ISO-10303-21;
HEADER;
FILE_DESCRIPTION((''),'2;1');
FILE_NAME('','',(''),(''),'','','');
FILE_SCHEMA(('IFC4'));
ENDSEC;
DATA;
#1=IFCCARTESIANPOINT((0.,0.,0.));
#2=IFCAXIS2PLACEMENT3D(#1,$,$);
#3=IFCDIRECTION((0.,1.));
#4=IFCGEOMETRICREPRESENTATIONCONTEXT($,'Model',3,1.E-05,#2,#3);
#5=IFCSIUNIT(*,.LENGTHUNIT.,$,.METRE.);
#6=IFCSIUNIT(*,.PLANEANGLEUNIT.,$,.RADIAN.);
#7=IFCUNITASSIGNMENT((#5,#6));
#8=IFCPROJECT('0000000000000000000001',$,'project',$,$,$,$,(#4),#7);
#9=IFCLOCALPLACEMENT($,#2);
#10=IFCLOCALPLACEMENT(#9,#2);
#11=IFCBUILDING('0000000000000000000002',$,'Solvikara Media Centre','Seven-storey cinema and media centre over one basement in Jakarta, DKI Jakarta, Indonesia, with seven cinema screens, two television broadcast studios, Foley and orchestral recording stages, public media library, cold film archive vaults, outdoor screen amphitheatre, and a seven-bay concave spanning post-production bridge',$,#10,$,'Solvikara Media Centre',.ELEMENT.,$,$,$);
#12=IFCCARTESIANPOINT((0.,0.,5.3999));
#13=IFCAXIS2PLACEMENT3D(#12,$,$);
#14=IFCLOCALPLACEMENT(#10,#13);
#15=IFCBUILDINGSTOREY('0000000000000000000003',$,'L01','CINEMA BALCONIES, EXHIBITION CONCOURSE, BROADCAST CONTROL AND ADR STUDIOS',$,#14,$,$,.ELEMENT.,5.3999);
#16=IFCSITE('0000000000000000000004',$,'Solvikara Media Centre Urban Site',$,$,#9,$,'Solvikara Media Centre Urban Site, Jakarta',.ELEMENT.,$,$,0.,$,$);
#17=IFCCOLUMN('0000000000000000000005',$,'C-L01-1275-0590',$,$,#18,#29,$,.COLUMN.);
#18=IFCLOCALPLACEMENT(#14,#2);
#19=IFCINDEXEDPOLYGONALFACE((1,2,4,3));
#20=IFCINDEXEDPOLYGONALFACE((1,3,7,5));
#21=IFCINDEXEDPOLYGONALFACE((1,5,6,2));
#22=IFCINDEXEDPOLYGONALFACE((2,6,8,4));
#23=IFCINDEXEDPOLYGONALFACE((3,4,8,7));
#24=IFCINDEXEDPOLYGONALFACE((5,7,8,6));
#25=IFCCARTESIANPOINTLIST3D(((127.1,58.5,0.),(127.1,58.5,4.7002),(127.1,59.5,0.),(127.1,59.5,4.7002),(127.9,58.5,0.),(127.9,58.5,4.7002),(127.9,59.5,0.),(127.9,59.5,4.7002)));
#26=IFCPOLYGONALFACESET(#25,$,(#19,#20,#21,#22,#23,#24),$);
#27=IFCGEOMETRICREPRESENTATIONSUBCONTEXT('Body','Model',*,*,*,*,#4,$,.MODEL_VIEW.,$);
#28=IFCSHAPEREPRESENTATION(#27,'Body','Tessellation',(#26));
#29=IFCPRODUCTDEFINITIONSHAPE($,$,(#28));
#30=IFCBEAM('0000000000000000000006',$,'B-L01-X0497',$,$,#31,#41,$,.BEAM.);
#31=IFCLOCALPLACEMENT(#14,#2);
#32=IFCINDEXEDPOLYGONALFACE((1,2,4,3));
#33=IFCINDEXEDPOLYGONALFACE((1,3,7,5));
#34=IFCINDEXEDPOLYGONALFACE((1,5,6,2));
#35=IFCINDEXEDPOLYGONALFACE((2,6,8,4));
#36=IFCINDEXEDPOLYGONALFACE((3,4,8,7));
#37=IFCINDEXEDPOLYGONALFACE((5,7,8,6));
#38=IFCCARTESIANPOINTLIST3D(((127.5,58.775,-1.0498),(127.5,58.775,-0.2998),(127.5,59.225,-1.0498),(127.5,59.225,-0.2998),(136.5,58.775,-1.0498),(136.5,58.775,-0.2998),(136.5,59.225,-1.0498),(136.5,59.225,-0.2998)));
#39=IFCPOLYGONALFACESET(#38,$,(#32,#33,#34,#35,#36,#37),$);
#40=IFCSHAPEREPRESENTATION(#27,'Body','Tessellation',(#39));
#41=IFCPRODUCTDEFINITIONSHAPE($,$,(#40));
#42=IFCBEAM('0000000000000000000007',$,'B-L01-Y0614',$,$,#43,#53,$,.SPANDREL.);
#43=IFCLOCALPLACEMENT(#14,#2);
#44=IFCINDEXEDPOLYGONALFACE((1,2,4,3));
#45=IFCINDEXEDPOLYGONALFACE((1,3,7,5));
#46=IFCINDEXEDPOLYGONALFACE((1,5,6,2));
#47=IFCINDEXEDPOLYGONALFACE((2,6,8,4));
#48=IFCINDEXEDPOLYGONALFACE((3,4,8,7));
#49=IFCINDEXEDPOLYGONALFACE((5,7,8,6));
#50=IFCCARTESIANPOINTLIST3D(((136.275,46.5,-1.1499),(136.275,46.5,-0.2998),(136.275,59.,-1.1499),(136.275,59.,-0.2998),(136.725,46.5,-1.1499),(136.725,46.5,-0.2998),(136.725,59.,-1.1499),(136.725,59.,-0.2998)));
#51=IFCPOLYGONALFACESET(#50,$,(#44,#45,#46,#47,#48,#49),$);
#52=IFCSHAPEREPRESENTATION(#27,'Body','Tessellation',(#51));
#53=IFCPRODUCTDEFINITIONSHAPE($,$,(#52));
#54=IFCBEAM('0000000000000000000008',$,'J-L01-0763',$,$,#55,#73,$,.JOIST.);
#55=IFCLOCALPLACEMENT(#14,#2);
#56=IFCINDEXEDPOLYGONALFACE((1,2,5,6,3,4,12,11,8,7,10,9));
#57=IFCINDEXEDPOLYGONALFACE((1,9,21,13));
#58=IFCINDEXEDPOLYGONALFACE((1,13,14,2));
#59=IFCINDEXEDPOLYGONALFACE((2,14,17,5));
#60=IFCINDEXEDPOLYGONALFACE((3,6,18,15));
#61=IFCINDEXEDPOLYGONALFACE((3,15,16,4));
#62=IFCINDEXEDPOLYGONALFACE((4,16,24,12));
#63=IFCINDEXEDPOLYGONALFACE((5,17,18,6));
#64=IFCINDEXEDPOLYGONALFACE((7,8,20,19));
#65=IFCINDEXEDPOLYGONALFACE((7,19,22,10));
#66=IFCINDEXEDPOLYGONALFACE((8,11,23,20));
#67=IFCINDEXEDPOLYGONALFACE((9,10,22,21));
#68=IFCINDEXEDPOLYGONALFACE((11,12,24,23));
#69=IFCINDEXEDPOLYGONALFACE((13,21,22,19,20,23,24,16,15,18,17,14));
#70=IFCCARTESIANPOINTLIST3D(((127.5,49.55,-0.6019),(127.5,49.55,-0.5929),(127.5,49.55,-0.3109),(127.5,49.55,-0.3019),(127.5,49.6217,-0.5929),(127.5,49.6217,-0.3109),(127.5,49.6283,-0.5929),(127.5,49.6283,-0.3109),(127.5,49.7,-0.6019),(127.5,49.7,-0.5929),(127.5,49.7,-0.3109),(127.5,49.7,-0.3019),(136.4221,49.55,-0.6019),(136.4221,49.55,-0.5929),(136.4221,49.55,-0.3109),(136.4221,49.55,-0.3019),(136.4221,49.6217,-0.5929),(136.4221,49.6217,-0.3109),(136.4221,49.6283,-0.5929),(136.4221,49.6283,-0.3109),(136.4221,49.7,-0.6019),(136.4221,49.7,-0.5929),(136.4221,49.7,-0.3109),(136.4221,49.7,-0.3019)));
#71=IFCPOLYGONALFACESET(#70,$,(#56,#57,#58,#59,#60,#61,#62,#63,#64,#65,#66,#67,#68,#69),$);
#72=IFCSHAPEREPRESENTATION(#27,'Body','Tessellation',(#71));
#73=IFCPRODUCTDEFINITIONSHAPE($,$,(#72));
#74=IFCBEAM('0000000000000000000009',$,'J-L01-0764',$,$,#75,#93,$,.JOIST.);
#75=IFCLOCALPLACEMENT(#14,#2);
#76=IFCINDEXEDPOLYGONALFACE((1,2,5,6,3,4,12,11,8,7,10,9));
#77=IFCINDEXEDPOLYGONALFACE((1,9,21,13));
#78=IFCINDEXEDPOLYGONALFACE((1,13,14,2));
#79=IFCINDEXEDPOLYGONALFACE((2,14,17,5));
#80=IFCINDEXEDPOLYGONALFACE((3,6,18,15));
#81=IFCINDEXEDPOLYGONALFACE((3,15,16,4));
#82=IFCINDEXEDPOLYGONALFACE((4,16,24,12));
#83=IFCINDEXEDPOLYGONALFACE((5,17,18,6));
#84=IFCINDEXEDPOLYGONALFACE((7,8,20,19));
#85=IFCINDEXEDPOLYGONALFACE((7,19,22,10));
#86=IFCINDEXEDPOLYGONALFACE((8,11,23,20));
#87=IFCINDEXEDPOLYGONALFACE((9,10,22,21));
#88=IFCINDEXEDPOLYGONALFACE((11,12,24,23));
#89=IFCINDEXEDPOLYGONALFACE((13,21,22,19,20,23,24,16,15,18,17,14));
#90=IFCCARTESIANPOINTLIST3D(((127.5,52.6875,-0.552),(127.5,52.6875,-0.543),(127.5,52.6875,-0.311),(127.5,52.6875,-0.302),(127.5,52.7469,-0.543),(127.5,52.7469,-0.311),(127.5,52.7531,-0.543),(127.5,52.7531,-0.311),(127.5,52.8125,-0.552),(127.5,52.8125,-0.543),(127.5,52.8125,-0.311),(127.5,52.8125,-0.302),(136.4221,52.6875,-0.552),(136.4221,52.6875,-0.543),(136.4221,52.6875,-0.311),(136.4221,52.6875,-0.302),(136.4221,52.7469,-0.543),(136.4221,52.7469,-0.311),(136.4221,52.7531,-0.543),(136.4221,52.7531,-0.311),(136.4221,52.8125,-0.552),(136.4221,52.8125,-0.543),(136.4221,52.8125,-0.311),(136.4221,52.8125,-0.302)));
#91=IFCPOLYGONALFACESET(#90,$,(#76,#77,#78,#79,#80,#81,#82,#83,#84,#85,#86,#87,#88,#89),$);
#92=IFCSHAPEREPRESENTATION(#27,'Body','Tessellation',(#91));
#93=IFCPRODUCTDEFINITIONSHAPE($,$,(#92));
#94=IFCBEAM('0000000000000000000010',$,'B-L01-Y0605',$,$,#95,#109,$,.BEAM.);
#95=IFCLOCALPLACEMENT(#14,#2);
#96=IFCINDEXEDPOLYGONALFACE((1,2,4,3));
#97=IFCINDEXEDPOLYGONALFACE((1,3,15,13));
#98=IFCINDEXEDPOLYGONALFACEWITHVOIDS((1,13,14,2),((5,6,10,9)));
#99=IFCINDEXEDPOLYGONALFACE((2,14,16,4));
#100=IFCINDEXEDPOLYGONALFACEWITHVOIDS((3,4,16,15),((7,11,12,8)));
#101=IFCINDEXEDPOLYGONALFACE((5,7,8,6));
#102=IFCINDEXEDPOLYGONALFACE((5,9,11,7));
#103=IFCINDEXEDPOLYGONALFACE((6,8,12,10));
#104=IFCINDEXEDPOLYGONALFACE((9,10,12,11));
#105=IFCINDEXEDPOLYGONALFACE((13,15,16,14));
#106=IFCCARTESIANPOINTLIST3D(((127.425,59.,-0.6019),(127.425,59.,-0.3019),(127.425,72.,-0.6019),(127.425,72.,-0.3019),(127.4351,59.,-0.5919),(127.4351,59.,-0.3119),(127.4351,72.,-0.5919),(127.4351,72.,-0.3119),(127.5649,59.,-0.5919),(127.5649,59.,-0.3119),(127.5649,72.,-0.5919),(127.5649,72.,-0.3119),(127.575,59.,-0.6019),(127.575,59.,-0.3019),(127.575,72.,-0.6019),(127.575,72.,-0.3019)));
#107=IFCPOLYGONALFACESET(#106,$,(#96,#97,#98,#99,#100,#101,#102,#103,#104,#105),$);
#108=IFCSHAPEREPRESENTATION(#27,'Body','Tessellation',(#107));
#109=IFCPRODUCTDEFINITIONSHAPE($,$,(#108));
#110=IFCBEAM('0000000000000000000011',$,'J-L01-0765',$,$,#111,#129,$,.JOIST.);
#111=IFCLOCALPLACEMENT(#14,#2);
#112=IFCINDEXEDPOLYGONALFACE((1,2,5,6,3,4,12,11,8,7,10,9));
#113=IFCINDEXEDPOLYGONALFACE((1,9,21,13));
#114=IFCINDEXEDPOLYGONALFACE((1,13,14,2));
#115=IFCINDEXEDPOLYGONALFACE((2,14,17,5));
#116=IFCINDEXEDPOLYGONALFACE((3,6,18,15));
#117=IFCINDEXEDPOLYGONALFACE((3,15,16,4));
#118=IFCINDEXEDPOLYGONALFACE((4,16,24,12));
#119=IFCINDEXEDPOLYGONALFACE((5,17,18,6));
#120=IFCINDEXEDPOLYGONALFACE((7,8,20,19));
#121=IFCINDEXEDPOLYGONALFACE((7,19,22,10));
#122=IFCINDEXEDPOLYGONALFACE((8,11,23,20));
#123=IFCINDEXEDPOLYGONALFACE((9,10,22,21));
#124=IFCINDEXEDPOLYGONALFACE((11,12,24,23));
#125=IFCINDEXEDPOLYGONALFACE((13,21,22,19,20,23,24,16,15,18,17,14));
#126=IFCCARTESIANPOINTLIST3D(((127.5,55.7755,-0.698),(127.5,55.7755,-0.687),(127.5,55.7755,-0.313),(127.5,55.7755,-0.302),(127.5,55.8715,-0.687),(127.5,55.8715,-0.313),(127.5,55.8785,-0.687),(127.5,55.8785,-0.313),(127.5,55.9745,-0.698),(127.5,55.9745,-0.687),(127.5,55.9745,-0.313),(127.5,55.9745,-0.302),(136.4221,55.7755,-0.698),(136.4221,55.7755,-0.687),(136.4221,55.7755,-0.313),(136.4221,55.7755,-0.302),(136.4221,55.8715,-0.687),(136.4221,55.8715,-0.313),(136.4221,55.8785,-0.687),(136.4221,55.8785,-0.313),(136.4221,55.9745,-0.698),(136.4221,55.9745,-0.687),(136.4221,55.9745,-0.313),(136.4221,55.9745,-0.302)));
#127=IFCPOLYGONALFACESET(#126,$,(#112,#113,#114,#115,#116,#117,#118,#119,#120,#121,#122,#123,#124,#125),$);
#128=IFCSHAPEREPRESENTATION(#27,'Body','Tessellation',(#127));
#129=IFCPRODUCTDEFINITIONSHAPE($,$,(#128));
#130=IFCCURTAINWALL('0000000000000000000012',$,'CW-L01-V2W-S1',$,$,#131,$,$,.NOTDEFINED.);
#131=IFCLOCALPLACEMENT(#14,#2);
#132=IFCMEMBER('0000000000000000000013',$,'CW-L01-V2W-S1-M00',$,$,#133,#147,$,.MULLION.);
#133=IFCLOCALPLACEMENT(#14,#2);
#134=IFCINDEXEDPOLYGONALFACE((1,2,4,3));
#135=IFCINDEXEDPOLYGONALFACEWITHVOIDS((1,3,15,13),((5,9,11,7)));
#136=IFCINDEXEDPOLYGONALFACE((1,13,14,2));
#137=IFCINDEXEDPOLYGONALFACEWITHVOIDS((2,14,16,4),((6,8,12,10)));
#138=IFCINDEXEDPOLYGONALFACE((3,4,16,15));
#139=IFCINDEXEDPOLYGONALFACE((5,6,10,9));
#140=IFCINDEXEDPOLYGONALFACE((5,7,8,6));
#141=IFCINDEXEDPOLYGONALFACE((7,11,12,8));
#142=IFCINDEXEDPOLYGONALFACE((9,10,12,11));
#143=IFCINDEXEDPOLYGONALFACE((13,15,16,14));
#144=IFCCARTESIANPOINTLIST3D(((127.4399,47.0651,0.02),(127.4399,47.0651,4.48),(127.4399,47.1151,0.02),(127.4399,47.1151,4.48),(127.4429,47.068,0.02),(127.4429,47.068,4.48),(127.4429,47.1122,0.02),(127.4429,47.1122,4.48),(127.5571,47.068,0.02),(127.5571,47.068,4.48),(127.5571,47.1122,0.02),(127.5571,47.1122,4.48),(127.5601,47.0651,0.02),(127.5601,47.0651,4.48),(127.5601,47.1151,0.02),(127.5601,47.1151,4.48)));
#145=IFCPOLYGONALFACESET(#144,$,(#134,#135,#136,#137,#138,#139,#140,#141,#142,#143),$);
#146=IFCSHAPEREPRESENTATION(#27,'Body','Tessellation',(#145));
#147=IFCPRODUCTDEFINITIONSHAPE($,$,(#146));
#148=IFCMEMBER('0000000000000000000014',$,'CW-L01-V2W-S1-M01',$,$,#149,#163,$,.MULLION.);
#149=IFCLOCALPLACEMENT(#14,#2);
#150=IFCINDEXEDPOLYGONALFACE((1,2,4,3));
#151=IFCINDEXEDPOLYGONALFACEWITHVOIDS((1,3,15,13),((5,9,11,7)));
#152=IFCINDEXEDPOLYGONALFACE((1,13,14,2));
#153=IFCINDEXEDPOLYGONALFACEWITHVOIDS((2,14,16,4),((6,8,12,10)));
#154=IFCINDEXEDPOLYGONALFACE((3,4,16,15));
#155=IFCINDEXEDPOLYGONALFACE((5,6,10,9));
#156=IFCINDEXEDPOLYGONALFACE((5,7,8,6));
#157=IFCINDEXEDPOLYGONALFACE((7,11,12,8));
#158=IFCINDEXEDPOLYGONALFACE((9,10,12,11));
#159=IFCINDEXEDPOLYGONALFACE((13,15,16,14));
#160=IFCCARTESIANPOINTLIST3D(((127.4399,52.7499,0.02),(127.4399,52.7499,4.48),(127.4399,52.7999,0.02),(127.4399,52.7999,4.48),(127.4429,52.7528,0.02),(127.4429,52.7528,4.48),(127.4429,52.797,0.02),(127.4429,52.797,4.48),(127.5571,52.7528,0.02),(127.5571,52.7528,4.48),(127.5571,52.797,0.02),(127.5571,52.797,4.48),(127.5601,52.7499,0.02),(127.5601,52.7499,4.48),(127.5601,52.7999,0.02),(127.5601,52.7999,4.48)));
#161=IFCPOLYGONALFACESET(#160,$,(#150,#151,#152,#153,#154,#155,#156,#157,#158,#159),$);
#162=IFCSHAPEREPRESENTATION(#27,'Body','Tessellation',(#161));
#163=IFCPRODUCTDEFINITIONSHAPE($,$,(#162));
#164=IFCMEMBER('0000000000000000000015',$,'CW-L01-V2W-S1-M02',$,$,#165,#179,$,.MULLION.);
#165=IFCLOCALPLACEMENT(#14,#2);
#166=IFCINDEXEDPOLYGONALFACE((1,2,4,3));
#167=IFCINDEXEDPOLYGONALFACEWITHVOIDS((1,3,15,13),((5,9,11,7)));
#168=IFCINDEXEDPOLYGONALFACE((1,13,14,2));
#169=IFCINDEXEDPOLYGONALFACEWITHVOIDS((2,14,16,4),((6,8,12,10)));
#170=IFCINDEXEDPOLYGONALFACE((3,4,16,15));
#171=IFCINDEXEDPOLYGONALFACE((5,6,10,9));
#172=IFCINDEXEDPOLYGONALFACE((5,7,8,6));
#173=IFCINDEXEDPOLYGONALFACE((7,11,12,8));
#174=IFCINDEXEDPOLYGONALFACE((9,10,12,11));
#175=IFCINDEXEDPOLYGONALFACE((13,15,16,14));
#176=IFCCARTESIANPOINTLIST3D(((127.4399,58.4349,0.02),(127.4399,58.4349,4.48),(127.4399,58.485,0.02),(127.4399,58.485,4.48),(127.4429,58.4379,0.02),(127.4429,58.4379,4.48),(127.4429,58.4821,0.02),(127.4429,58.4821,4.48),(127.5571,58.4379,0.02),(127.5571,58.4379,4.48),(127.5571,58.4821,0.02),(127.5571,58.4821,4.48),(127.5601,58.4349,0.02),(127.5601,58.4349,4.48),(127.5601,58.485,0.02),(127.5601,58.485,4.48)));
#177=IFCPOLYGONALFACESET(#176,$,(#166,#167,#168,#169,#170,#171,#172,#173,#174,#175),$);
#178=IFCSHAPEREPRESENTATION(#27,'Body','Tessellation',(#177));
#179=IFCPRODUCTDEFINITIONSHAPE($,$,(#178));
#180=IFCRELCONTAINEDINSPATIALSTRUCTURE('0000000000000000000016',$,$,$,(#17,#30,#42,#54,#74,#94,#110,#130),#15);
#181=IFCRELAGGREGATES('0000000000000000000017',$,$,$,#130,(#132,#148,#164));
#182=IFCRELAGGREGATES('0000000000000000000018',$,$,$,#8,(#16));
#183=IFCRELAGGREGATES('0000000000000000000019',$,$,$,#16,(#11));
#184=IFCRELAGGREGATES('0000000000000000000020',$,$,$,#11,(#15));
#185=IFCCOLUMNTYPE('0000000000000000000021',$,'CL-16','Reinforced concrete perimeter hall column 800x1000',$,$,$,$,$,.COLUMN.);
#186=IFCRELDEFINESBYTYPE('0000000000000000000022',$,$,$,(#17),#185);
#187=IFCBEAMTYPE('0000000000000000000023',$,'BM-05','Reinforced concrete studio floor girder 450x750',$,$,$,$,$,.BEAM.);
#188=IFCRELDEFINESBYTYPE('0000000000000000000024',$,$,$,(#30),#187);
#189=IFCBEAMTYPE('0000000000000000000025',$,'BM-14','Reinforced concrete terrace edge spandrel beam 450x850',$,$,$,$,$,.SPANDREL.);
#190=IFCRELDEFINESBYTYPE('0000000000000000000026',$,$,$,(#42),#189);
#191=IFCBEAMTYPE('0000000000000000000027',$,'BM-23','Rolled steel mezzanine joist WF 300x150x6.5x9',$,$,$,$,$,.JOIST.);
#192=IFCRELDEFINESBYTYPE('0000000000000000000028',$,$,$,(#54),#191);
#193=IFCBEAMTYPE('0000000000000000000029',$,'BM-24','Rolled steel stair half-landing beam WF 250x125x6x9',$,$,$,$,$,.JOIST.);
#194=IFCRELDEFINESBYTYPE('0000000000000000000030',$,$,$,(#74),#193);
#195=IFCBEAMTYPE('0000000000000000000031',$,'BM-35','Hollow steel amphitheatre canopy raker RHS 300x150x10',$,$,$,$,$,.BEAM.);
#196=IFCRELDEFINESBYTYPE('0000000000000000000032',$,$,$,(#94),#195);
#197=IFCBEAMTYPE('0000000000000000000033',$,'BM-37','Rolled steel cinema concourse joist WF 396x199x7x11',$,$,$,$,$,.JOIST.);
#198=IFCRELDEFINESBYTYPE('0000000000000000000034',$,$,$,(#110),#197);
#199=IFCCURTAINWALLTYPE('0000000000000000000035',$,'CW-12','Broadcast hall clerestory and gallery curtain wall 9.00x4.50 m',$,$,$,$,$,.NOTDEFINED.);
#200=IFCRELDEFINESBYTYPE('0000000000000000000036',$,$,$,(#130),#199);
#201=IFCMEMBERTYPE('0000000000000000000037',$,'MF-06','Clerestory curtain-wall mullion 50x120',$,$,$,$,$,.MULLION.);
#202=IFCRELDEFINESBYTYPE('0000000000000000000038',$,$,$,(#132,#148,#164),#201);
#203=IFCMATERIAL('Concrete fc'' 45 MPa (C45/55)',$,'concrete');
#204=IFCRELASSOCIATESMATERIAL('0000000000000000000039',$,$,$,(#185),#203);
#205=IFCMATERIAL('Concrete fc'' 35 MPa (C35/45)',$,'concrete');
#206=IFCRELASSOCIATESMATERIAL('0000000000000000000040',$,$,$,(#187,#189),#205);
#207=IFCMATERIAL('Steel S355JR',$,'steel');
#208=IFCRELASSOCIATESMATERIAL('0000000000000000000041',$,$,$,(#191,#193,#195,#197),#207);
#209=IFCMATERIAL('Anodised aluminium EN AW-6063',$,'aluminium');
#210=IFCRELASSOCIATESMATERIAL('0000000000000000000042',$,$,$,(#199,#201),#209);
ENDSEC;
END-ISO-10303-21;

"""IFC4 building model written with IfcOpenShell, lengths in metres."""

from ifc_helpers import new_model, si_unit, direction, frame, origin, origin_2d, place, context, subcontext, project, spatial, rectangle, hollow_rectangle, i_section, extrude, material, material_profile, profile_set, type_object, element, aggregate, save


model = new_model("IFC4")

# Units and contexts
model_context = context("Model", 3, precision=1e-05, world=origin(), true_north=direction((0.0, 1.0)))
body_context = subcontext(model_context, "Body", "Model", "MODEL_VIEW")
ifc_project = project(units=[si_unit("LENGTHUNIT", "METRE"), si_unit("PLANEANGLEUNIT", "RADIAN")], contexts=[model_context])

# Site, building, storey
site_placement = place(None, origin())
site = spatial("IfcSite", under=ifc_project, at=site_placement, Name="Solvikara Media Centre Urban Site", LongName="Solvikara Media Centre Urban Site, Jakarta", CompositionType="ELEMENT", RefElevation=0.0)
building_placement = place(site_placement, origin())
building = spatial("IfcBuilding", under=site, at=building_placement, Name="Solvikara Media Centre", Description="Seven-storey cinema and media centre over one basement in Jakarta, DKI Jakarta, Indonesia, with seven cinema screens, two television broadcast studios, Foley and orchestral recording stages, public media library, cold film archive vaults, outdoor screen amphitheatre, and a seven-bay concave spanning post-production bridge", LongName="Solvikara Media Centre", CompositionType="ELEMENT")
storey_placement = place(building_placement, frame((0.0, 0.0, 5.3999)))
storey = spatial("IfcBuildingStorey", under=building, at=storey_placement, Name="L01", Description="CINEMA BALCONIES, EXHIBITION CONCOURSE, BROADCAST CONTROL AND ADR STUDIOS", CompositionType="ELEMENT", Elevation=5.3999)

# Column
ifc_material_1 = material(Name="Concrete fc' 45 MPa (C45/55)", Category="concrete")
ifc_material_profile_1 = material_profile(ifc_material_1, rectangle(XDim=0.8, YDim=1.0, at=origin_2d()), Name="RC 800x1000")
ifc_profile_set_1 = profile_set([ifc_material_profile_1], Name="Concrete fc' 45 MPa (C45/55)")
column_type = type_object("IfcColumnType", Name="CL-16", Description="Reinforced concrete perimeter hall column 800x1000", PredefinedType="COLUMN", material=ifc_profile_set_1)
column_placement = place(storey_placement, frame((127.5, 59.0, 0.0), z_axis=(0.0, 0.0, 1.0), x_axis=(1.0, 0.0, 0.0)))
element("IfcColumn", 1, at=column_placement, inside=storey, type_object=column_type, Name="C-L01-1275-0590", PredefinedType="COLUMN", context=body_context, shape_type="SweptSolid", body=[
    extrude(rectangle(XDim=0.8, YDim=1.0, at=origin_2d()), origin(), (0.0, 0.0, 1.0), 4.7002),
])

# Beams
ifc_material_2 = material(Name="Concrete fc' 35 MPa (C35/45)", Category="concrete")
ifc_material_profile_2 = material_profile(ifc_material_2, rectangle(XDim=0.45, YDim=0.75, at=origin_2d()), Name="RC 450x750")
ifc_profile_set_2 = profile_set([ifc_material_profile_2], Name="Concrete fc' 35 MPa (C35/45)")
beam_type_1 = type_object("IfcBeamType", Name="BM-05", Description="Reinforced concrete studio floor girder 450x750", PredefinedType="BEAM", material=ifc_profile_set_2)
beam_1_placement = place(storey_placement, frame((127.5, 59.0, -0.6748), z_axis=(1.0, 0.0, 0.0), x_axis=(0.0, 1.0, 0.0)))
element("IfcBeam", 2, at=beam_1_placement, inside=storey, type_object=beam_type_1, Name="B-L01-X0497", PredefinedType="BEAM", context=body_context, shape_type="SweptSolid", body=[
    extrude(rectangle(XDim=0.45, YDim=0.75, at=origin_2d()), origin(), (0.0, 0.0, 1.0), 9.0),
])
ifc_material_profile_3 = material_profile(ifc_material_2, rectangle(XDim=0.45, YDim=0.8501, at=origin_2d()), Name="RC 450x850")
ifc_profile_set_3 = profile_set([ifc_material_profile_3], Name="Concrete fc' 35 MPa (C35/45)")
beam_type_2 = type_object("IfcBeamType", Name="BM-14", Description="Reinforced concrete terrace edge spandrel beam 450x850", PredefinedType="SPANDREL", material=ifc_profile_set_3)
beam_2_placement = place(storey_placement, frame((136.5, 46.5, -0.7249), z_axis=(0.0, 1.0, 0.0), x_axis=(-1.0, 0.0, 0.0)))
element("IfcBeam", 3, at=beam_2_placement, inside=storey, type_object=beam_type_2, Name="B-L01-Y0614", PredefinedType="SPANDREL", context=body_context, shape_type="SweptSolid", body=[
    extrude(rectangle(XDim=0.45, YDim=0.8501, at=origin_2d()), origin(), (0.0, 0.0, 1.0), 12.5),
])
ifc_material_3 = material(Name="Steel S355JR", Category="steel")
ifc_material_profile_4 = material_profile(ifc_material_3, i_section(OverallWidth=0.1499, OverallDepth=0.3, WebThickness=0.0066, FlangeThickness=0.009, at=origin_2d()), Name="WF 300x150x6.5x9")
ifc_profile_set_4 = profile_set([ifc_material_profile_4], Name="Steel S355JR")
beam_type_3 = type_object("IfcBeamType", Name="BM-23", Description="Rolled steel mezzanine joist WF 300x150x6.5x9", PredefinedType="JOIST", material=ifc_profile_set_4)
beam_3_placement = place(storey_placement, frame((127.5, 49.625, -0.4519), z_axis=(1.0, 0.0, 0.0), x_axis=(0.0, 1.0, 0.0)))
element("IfcBeam", 4, at=beam_3_placement, inside=storey, type_object=beam_type_3, Name="J-L01-0763", PredefinedType="JOIST", context=body_context, shape_type="SweptSolid", body=[
    extrude(i_section(OverallWidth=0.1499, OverallDepth=0.3, WebThickness=0.0066, FlangeThickness=0.009, at=origin_2d()), origin(), (0.0, 0.0, 1.0), 8.9221),
])
ifc_material_profile_5 = material_profile(ifc_material_3, i_section(OverallWidth=0.125, OverallDepth=0.25, WebThickness=0.0061, FlangeThickness=0.009, at=origin_2d()), Name="WF 250x125x6x9")
ifc_profile_set_5 = profile_set([ifc_material_profile_5], Name="Steel S355JR")
beam_type_4 = type_object("IfcBeamType", Name="BM-24", Description="Rolled steel stair half-landing beam WF 250x125x6x9", PredefinedType="JOIST", material=ifc_profile_set_5)
beam_4_placement = place(storey_placement, frame((127.5, 52.75, -0.427), z_axis=(1.0, 0.0, 0.0), x_axis=(0.0, 1.0, 0.0)))
element("IfcBeam", 5, at=beam_4_placement, inside=storey, type_object=beam_type_4, Name="J-L01-0764", PredefinedType="JOIST", context=body_context, shape_type="SweptSolid", body=[
    extrude(i_section(OverallWidth=0.125, OverallDepth=0.25, WebThickness=0.0061, FlangeThickness=0.009, at=origin_2d()), origin(), (0.0, 0.0, 1.0), 8.9221),
])
ifc_material_profile_6 = material_profile(ifc_material_3, hollow_rectangle(XDim=0.1499, YDim=0.3, WallThickness=0.01, at=origin_2d()), Name="RHS 300x150x10")
ifc_profile_set_6 = profile_set([ifc_material_profile_6], Name="Steel S355JR")
beam_type_5 = type_object("IfcBeamType", Name="BM-35", Description="Hollow steel amphitheatre canopy raker RHS 300x150x10", PredefinedType="BEAM", material=ifc_profile_set_6)
beam_5_placement = place(storey_placement, frame((127.5, 59.0, -0.4519), z_axis=(0.0, 1.0, 0.0), x_axis=(-1.0, 0.0, 0.0)))
element("IfcBeam", 6, at=beam_5_placement, inside=storey, type_object=beam_type_5, Name="B-L01-Y0605", PredefinedType="BEAM", context=body_context, shape_type="SweptSolid", body=[
    extrude(hollow_rectangle(XDim=0.1499, YDim=0.3, WallThickness=0.01, at=origin_2d()), origin(), (0.0, 0.0, 1.0), 13.0),
])
ifc_material_profile_7 = material_profile(ifc_material_3, i_section(OverallWidth=0.199, OverallDepth=0.396, WebThickness=0.0071, FlangeThickness=0.011, at=origin_2d()), Name="WF 396x199x7x11")
ifc_profile_set_7 = profile_set([ifc_material_profile_7], Name="Steel S355JR")
beam_type_6 = type_object("IfcBeamType", Name="BM-37", Description="Rolled steel cinema concourse joist WF 396x199x7x11", PredefinedType="JOIST", material=ifc_profile_set_7)
beam_6_placement = place(storey_placement, frame((127.5, 55.875, -0.5), z_axis=(1.0, 0.0, 0.0), x_axis=(0.0, 1.0, 0.0)))
element("IfcBeam", 7, at=beam_6_placement, inside=storey, type_object=beam_type_6, Name="J-L01-0765", PredefinedType="JOIST", context=body_context, shape_type="SweptSolid", body=[
    extrude(i_section(OverallWidth=0.199, OverallDepth=0.396, WebThickness=0.0071, FlangeThickness=0.011, at=origin_2d()), origin(), (0.0, 0.0, 1.0), 8.9221),
])

# Curtain wall, members
ifc_material_4 = material(Name="Anodised aluminium EN AW-6063", Category="aluminium")
curtain_wall_type = type_object("IfcCurtainWallType", Name="CW-12", Description="Broadcast hall clerestory and gallery curtain wall 9.00x4.50 m", PredefinedType="NOTDEFINED", material=ifc_material_4)
curtain_wall_placement = place(storey_placement, origin())
curtain_wall = element("IfcCurtainWall", 8, at=curtain_wall_placement, inside=storey, type_object=curtain_wall_type, Name="CW-L01-V2W-S1", PredefinedType="NOTDEFINED")
ifc_material_profile_8 = material_profile(ifc_material_4, hollow_rectangle(XDim=0.05, YDim=0.1201, WallThickness=0.0029, at=origin_2d()), Name="ALU-M 50x120x3")
ifc_profile_set_8 = profile_set([ifc_material_profile_8], Name="Anodised aluminium EN AW-6063")
member_type_1 = type_object("IfcMemberType", Name="MF-06", Description="Clerestory curtain-wall mullion 50x120", PredefinedType="MULLION", material=ifc_profile_set_8)
member_1_placement = place(storey_placement, frame((127.5, 47.0901, 0.02), z_axis=(0.0, 0.0, 1.0), x_axis=(0.0, 1.0, 0.0)))
member_1 = element("IfcMember", 9, at=member_1_placement, type_object=member_type_1, Name="CW-L01-V2W-S1-M00", PredefinedType="MULLION", context=body_context, shape_type="SweptSolid", body=[
    extrude(hollow_rectangle(XDim=0.05, YDim=0.1201, WallThickness=0.0029, at=origin_2d()), origin(), (0.0, 0.0, 1.0), 4.46),
])
member_2_placement = place(storey_placement, frame((127.5, 52.7749, 0.02), z_axis=(0.0, 0.0, 1.0), x_axis=(0.0, 1.0, 0.0)))
member_2 = element("IfcMember", 10, at=member_2_placement, type_object=member_type_1, Name="CW-L01-V2W-S1-M01", PredefinedType="MULLION", context=body_context, shape_type="SweptSolid", body=[
    extrude(hollow_rectangle(XDim=0.05, YDim=0.1201, WallThickness=0.0029, at=origin_2d()), origin(), (0.0, 0.0, 1.0), 4.46),
])
member_3_placement = place(storey_placement, frame((127.5, 58.46, 0.02), z_axis=(0.0, 0.0, 1.0), x_axis=(0.0, 1.0, 0.0)))
member_3 = element("IfcMember", 11, at=member_3_placement, type_object=member_type_1, Name="CW-L01-V2W-S1-M02", PredefinedType="MULLION", context=body_context, shape_type="SweptSolid", body=[
    extrude(hollow_rectangle(XDim=0.05, YDim=0.1201, WallThickness=0.0029, at=origin_2d()), origin(), (0.0, 0.0, 1.0), 4.46),
])
aggregate(curtain_wall, [member_1, member_2, member_3])

save(model, "model.ifc")
